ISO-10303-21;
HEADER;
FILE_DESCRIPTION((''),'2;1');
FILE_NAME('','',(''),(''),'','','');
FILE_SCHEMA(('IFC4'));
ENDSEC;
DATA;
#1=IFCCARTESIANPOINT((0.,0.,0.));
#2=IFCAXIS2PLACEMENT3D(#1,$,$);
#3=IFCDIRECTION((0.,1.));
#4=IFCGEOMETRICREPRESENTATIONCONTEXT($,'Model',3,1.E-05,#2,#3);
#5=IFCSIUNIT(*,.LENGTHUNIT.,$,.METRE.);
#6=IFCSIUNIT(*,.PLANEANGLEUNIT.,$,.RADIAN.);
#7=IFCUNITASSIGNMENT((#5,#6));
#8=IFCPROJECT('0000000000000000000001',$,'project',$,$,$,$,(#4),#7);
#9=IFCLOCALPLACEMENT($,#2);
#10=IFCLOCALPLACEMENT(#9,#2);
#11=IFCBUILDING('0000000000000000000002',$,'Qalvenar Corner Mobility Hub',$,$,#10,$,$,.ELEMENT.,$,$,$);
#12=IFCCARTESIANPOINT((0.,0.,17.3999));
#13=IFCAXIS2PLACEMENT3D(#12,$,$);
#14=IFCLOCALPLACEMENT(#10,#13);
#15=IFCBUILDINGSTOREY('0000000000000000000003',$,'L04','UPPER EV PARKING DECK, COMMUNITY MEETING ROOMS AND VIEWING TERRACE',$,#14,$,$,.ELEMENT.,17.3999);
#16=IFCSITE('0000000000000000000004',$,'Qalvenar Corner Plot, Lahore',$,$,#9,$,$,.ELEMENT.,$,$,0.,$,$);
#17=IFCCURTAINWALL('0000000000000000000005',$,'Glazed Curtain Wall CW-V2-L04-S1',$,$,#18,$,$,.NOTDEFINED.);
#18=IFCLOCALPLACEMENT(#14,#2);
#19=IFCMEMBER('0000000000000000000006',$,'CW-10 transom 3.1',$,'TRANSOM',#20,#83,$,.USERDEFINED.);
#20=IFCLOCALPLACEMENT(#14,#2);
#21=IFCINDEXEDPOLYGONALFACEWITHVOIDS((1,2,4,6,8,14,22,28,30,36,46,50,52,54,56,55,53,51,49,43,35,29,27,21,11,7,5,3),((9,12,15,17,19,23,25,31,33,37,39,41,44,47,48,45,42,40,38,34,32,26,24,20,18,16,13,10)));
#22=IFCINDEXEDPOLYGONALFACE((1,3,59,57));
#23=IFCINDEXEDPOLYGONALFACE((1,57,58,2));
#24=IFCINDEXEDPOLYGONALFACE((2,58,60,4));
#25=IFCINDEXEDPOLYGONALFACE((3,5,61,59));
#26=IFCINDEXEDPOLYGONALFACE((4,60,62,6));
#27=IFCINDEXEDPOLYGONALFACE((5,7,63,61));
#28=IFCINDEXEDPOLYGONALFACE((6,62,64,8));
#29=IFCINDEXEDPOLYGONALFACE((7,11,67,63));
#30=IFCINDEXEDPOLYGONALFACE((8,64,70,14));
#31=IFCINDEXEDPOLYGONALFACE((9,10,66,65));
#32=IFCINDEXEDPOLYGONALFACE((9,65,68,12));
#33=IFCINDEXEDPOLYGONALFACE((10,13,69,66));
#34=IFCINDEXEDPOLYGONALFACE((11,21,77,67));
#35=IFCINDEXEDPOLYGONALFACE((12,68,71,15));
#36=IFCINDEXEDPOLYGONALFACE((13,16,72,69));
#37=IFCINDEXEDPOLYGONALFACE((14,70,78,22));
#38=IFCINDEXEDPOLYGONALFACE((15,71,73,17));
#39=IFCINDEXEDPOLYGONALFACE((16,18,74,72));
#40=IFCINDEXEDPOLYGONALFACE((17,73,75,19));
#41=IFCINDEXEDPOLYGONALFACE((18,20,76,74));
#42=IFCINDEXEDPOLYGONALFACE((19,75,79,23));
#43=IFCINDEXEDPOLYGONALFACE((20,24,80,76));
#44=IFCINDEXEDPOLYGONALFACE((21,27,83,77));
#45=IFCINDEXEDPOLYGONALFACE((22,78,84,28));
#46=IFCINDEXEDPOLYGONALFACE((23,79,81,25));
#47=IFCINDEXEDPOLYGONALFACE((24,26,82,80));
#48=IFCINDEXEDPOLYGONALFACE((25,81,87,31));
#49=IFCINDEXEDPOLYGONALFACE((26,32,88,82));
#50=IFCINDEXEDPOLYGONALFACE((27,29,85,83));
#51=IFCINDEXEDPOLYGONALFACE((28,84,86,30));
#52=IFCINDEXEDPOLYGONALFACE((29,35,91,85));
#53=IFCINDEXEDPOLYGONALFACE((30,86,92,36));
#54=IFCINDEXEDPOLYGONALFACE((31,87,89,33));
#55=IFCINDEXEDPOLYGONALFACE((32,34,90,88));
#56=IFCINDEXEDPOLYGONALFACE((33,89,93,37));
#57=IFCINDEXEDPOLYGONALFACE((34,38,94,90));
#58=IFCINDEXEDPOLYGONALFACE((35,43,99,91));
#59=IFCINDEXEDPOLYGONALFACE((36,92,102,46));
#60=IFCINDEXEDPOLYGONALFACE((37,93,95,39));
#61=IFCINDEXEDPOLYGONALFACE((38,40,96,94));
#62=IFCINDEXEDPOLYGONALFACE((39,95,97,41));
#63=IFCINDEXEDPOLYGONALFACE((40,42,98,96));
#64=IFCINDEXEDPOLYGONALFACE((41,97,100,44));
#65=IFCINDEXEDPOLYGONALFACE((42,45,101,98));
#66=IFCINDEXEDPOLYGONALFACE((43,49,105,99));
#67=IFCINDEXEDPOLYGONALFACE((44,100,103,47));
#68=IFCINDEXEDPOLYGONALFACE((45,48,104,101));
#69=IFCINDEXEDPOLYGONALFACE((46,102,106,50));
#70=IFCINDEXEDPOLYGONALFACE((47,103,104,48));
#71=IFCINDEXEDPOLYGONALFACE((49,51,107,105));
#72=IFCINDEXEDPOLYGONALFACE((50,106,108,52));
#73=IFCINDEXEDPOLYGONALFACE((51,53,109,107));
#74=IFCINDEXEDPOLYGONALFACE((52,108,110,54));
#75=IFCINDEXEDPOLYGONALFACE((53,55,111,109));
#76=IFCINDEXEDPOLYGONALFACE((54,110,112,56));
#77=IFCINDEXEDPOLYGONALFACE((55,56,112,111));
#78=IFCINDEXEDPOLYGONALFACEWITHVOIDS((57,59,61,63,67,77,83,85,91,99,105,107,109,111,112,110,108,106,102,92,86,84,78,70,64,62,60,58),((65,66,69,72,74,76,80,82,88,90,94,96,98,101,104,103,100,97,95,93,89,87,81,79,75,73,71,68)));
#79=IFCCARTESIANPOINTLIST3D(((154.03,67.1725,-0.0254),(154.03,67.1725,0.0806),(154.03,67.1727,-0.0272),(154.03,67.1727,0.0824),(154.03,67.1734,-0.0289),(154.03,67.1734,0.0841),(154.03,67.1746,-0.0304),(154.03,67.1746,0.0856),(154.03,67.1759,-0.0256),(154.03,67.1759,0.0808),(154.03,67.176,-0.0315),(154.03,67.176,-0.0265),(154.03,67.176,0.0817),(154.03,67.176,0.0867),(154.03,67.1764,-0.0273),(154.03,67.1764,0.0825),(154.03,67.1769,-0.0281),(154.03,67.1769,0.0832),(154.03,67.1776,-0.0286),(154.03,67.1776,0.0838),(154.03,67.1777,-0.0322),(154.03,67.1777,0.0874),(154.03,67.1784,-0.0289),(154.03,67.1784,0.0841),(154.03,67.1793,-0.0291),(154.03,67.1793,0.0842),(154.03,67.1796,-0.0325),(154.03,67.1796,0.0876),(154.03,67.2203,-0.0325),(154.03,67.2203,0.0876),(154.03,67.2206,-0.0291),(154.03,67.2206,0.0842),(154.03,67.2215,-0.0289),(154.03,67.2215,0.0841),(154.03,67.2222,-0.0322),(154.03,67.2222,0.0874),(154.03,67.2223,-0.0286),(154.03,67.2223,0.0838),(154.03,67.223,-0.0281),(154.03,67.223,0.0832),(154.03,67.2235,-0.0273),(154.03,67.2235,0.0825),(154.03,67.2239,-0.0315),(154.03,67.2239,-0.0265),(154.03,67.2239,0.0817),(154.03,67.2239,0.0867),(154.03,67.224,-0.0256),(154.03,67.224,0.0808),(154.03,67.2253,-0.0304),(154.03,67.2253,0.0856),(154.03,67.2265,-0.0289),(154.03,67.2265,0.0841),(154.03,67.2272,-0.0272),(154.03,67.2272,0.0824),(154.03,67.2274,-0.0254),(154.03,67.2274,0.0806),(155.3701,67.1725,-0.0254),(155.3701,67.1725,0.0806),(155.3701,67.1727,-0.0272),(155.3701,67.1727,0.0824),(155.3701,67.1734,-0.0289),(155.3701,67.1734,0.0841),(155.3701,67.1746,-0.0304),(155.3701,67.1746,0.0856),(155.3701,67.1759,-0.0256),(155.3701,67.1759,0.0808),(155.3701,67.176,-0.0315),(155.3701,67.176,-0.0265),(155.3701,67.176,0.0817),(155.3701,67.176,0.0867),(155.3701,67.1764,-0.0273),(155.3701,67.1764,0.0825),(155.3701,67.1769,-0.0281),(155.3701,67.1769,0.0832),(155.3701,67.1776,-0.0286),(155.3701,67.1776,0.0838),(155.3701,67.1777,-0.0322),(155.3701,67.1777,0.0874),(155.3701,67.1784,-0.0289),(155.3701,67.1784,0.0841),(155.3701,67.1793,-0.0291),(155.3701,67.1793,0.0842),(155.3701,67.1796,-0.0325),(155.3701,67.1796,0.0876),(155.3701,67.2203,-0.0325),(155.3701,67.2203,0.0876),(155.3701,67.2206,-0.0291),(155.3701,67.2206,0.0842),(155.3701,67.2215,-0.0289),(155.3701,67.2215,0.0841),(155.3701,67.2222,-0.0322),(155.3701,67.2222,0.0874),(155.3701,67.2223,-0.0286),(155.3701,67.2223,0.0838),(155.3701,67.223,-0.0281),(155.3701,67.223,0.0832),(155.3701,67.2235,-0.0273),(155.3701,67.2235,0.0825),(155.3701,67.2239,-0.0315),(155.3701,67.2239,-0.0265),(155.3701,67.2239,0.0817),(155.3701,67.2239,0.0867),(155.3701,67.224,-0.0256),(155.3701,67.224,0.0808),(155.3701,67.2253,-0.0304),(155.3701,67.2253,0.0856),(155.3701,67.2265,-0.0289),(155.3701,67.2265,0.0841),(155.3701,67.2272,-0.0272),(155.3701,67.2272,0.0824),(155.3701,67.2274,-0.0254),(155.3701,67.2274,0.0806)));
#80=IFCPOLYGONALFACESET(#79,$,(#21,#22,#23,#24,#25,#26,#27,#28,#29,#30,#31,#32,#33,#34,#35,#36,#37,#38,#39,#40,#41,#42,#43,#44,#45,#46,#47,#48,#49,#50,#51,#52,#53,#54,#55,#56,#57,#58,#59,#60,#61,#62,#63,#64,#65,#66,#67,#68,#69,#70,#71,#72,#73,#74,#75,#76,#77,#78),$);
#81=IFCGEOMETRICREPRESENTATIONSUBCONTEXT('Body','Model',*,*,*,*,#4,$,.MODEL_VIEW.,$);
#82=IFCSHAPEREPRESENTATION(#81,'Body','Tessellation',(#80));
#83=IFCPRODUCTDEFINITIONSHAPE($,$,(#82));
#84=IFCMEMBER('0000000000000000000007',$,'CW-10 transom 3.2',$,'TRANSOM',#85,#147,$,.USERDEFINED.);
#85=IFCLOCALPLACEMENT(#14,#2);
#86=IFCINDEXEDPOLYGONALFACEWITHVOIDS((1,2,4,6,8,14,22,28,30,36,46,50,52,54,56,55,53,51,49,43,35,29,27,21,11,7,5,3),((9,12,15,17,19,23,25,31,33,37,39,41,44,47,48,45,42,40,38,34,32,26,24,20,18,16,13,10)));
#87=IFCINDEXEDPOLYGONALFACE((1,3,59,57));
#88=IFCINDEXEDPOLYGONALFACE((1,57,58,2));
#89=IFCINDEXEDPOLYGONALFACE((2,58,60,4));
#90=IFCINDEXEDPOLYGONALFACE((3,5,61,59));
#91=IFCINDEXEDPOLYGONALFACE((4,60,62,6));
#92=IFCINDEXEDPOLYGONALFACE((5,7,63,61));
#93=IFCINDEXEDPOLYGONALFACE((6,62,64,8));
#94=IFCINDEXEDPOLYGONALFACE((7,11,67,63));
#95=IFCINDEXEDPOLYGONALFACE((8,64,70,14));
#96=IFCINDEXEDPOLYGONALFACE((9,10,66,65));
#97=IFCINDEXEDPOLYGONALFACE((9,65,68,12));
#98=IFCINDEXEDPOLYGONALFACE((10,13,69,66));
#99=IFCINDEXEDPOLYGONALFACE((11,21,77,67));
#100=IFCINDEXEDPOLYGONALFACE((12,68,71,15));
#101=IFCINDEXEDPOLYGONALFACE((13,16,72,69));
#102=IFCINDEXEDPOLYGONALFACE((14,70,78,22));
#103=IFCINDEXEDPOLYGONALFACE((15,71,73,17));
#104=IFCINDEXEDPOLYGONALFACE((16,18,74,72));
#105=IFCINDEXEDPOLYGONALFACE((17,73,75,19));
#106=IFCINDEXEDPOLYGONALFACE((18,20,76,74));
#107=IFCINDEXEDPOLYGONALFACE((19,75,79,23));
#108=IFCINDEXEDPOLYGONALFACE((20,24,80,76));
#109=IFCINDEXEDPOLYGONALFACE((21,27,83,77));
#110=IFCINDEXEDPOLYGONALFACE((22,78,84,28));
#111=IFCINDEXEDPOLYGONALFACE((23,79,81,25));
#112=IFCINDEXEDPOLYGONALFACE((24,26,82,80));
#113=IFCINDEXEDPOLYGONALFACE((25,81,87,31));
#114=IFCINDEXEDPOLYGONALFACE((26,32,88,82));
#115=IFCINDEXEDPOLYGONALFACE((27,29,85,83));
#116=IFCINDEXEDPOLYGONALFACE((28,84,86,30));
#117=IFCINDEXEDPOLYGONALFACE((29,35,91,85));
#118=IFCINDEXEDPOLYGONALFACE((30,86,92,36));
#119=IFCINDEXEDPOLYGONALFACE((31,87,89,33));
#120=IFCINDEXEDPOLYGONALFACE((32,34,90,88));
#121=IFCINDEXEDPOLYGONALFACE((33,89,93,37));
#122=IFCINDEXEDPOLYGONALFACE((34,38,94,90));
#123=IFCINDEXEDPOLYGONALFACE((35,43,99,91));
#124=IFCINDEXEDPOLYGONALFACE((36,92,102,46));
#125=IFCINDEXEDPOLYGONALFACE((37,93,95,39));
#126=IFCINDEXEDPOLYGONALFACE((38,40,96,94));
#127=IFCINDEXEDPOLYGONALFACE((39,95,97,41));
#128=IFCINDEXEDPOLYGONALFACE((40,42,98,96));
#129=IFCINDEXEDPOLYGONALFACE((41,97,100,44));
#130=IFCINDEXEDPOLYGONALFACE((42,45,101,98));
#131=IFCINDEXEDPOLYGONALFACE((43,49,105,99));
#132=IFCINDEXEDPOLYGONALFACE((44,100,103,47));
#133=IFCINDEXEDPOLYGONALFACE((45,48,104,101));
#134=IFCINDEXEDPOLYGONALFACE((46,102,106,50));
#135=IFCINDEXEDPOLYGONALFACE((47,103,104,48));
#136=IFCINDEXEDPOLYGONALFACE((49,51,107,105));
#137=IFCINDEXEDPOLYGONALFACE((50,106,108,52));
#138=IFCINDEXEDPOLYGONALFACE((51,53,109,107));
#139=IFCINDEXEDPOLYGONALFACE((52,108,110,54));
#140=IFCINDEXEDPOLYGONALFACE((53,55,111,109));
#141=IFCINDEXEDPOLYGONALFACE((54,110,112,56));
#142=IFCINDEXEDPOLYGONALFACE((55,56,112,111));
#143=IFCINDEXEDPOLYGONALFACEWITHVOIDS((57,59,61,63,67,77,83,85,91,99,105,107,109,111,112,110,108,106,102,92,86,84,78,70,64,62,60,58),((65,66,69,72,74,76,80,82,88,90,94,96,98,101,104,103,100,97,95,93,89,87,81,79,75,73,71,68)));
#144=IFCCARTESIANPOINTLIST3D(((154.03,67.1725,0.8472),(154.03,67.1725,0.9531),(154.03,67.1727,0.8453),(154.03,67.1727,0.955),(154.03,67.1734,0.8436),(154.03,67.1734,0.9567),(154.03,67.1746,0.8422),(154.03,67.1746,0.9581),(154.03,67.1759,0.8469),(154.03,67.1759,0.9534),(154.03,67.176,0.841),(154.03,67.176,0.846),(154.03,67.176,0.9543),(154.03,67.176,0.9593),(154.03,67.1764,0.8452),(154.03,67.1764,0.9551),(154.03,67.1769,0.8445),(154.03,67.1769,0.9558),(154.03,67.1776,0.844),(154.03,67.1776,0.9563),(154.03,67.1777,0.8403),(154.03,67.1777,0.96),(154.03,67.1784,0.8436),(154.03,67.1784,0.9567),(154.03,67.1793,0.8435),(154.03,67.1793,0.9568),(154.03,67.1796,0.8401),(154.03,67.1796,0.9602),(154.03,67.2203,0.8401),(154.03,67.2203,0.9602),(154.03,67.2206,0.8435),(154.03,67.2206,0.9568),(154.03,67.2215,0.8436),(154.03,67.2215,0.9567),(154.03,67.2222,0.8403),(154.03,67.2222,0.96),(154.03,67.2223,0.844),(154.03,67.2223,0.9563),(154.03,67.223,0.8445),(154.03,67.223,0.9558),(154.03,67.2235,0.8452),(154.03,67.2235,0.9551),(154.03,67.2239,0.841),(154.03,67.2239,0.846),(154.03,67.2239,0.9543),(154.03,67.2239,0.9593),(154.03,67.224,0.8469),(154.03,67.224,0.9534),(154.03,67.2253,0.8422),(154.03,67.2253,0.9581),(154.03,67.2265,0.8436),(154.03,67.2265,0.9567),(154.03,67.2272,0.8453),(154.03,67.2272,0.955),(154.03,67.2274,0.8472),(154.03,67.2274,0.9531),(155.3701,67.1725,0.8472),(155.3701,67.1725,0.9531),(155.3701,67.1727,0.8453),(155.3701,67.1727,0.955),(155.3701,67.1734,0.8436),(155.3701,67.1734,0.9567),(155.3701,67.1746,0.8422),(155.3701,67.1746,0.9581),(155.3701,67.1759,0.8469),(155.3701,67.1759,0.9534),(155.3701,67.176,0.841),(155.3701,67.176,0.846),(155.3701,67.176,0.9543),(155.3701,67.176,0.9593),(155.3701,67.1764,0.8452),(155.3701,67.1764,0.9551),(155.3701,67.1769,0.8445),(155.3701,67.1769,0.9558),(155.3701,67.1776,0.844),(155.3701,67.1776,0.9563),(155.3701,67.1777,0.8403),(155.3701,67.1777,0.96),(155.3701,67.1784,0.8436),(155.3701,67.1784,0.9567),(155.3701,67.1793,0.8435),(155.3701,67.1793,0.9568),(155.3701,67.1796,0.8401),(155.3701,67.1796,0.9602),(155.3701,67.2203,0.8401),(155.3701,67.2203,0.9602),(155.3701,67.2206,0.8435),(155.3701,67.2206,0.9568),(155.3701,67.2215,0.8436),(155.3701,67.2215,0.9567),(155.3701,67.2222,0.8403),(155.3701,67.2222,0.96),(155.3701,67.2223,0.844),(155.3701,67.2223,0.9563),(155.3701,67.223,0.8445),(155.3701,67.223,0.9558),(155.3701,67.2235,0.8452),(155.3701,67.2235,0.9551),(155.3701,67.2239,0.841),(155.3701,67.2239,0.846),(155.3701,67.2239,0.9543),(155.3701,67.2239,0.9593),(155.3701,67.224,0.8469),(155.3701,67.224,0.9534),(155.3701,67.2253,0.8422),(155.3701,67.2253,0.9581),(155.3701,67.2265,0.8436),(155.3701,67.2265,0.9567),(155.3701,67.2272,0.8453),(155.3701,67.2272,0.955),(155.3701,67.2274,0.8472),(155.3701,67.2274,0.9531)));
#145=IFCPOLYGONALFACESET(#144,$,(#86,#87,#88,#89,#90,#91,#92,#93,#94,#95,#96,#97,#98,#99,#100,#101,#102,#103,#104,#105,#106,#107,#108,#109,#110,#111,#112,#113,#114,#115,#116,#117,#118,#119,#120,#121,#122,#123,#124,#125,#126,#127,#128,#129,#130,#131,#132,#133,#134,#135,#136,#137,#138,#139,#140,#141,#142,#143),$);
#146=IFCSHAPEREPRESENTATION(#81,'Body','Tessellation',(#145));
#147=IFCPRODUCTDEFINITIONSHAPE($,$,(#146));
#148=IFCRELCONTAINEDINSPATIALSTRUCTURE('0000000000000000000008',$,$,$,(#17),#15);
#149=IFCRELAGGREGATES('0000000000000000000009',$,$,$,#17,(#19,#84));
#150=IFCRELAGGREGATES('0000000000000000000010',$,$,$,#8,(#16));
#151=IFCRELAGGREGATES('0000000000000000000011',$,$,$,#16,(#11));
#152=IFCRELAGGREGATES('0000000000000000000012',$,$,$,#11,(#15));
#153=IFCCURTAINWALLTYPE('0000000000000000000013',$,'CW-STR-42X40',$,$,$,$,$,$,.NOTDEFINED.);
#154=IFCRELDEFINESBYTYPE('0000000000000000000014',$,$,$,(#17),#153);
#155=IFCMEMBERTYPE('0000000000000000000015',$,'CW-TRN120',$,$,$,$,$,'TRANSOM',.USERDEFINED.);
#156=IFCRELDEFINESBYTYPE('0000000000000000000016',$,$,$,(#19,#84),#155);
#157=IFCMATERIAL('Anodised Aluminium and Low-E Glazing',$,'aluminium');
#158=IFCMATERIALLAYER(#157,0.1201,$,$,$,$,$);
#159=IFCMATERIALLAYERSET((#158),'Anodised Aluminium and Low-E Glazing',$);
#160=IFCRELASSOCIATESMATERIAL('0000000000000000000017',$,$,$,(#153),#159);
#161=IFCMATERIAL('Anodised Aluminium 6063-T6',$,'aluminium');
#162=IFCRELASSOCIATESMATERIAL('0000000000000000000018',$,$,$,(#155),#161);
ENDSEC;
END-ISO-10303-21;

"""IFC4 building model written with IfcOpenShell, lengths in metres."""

from ifc_helpers import new_model, si_unit, direction, frame, origin, origin_2d, place, context, subcontext, project, spatial, hollow_rectangle, extrude, material, layer, layer_set, material_profile, profile_set, type_object, element, aggregate, save


model = new_model("IFC4")

# Units and contexts
model_context = context("Model", 3, precision=1e-05, world=origin(), true_north=direction((0.0, 1.0)))
body_context = subcontext(model_context, "Body", "Model", "MODEL_VIEW")
ifc_project = project(units=[si_unit("LENGTHUNIT", "METRE"), si_unit("PLANEANGLEUNIT", "RADIAN")], contexts=[model_context])

# Site, building, storey
site_placement = place(None, origin())
site = spatial("IfcSite", under=ifc_project, at=site_placement, Name="Qalvenar Corner Plot, Lahore", CompositionType="ELEMENT", RefElevation=0.0)
building_placement = place(site_placement, origin())
building = spatial("IfcBuilding", under=site, at=building_placement, Name="Qalvenar Corner Mobility Hub", CompositionType="ELEMENT")
storey_placement = place(building_placement, frame((0.0, 0.0, 17.3999)))
storey = spatial("IfcBuildingStorey", under=building, at=storey_placement, Name="L04", Description="UPPER EV PARKING DECK, COMMUNITY MEETING ROOMS AND VIEWING TERRACE", CompositionType="ELEMENT", Elevation=17.3999)

# Curtain wall, members
ifc_material_1 = material(Name="Anodised Aluminium and Low-E Glazing", Category="aluminium")
ifc_layer_1 = layer(ifc_material_1, 0.1201)
ifc_layer_set_1 = layer_set([ifc_layer_1], Name="Anodised Aluminium and Low-E Glazing")
curtain_wall_type = type_object("IfcCurtainWallType", Name="CW-STR-42X40", PredefinedType="NOTDEFINED", material=ifc_layer_set_1)
curtain_wall_placement = place(storey_placement, origin())
curtain_wall = element("IfcCurtainWall", 1, at=curtain_wall_placement, inside=storey, type_object=curtain_wall_type, Name="Glazed Curtain Wall CW-V2-L04-S1", PredefinedType="NOTDEFINED")
ifc_material_2 = material(Name="Anodised Aluminium 6063-T6", Category="aluminium")
ifc_material_profile_1 = material_profile(ifc_material_2, hollow_rectangle(XDim=0.0549, YDim=0.1201, WallThickness=0.0034, InnerFilletRadius=0.0034, OuterFilletRadius=0.0071, at=origin_2d()), Name="RHS120x55x3.5")
ifc_profile_set_1 = profile_set([ifc_material_profile_1], Name="Anodised Aluminium 6063-T6")
member_type_1 = type_object("IfcMemberType", Name="CW-TRN120", ElementType="TRANSOM", PredefinedType="USERDEFINED", material=ifc_profile_set_1)
member_1_placement = place(storey_placement, frame((154.03, 67.2, 0.0276), z_axis=(1.0, 0.0, 0.0), x_axis=(0.0, 1.0, 0.0)))
member_1 = element("IfcMember", 2, at=member_1_placement, type_object=member_type_1, Name="CW-10 transom 3.1", ObjectType="TRANSOM", PredefinedType="USERDEFINED", context=body_context, shape_type="SweptSolid", body=[
    extrude(hollow_rectangle(XDim=0.0549, YDim=0.1201, WallThickness=0.0034, InnerFilletRadius=0.0034, OuterFilletRadius=0.0071, at=origin_2d()), origin(), (0.0, 0.0, 1.0), 1.3401),
])
member_2_placement = place(storey_placement, frame((154.03, 67.2, 0.9001), z_axis=(1.0, 0.0, 0.0), x_axis=(0.0, 1.0, 0.0)))
member_2 = element("IfcMember", 3, at=member_2_placement, type_object=member_type_1, Name="CW-10 transom 3.2", ObjectType="TRANSOM", PredefinedType="USERDEFINED", context=body_context, shape_type="SweptSolid", body=[
    extrude(hollow_rectangle(XDim=0.0549, YDim=0.1201, WallThickness=0.0034, InnerFilletRadius=0.0034, OuterFilletRadius=0.0071, at=origin_2d()), origin(), (0.0, 0.0, 1.0), 1.3401),
])
aggregate(curtain_wall, [member_1, member_2])

save(model, "model.ifc")
